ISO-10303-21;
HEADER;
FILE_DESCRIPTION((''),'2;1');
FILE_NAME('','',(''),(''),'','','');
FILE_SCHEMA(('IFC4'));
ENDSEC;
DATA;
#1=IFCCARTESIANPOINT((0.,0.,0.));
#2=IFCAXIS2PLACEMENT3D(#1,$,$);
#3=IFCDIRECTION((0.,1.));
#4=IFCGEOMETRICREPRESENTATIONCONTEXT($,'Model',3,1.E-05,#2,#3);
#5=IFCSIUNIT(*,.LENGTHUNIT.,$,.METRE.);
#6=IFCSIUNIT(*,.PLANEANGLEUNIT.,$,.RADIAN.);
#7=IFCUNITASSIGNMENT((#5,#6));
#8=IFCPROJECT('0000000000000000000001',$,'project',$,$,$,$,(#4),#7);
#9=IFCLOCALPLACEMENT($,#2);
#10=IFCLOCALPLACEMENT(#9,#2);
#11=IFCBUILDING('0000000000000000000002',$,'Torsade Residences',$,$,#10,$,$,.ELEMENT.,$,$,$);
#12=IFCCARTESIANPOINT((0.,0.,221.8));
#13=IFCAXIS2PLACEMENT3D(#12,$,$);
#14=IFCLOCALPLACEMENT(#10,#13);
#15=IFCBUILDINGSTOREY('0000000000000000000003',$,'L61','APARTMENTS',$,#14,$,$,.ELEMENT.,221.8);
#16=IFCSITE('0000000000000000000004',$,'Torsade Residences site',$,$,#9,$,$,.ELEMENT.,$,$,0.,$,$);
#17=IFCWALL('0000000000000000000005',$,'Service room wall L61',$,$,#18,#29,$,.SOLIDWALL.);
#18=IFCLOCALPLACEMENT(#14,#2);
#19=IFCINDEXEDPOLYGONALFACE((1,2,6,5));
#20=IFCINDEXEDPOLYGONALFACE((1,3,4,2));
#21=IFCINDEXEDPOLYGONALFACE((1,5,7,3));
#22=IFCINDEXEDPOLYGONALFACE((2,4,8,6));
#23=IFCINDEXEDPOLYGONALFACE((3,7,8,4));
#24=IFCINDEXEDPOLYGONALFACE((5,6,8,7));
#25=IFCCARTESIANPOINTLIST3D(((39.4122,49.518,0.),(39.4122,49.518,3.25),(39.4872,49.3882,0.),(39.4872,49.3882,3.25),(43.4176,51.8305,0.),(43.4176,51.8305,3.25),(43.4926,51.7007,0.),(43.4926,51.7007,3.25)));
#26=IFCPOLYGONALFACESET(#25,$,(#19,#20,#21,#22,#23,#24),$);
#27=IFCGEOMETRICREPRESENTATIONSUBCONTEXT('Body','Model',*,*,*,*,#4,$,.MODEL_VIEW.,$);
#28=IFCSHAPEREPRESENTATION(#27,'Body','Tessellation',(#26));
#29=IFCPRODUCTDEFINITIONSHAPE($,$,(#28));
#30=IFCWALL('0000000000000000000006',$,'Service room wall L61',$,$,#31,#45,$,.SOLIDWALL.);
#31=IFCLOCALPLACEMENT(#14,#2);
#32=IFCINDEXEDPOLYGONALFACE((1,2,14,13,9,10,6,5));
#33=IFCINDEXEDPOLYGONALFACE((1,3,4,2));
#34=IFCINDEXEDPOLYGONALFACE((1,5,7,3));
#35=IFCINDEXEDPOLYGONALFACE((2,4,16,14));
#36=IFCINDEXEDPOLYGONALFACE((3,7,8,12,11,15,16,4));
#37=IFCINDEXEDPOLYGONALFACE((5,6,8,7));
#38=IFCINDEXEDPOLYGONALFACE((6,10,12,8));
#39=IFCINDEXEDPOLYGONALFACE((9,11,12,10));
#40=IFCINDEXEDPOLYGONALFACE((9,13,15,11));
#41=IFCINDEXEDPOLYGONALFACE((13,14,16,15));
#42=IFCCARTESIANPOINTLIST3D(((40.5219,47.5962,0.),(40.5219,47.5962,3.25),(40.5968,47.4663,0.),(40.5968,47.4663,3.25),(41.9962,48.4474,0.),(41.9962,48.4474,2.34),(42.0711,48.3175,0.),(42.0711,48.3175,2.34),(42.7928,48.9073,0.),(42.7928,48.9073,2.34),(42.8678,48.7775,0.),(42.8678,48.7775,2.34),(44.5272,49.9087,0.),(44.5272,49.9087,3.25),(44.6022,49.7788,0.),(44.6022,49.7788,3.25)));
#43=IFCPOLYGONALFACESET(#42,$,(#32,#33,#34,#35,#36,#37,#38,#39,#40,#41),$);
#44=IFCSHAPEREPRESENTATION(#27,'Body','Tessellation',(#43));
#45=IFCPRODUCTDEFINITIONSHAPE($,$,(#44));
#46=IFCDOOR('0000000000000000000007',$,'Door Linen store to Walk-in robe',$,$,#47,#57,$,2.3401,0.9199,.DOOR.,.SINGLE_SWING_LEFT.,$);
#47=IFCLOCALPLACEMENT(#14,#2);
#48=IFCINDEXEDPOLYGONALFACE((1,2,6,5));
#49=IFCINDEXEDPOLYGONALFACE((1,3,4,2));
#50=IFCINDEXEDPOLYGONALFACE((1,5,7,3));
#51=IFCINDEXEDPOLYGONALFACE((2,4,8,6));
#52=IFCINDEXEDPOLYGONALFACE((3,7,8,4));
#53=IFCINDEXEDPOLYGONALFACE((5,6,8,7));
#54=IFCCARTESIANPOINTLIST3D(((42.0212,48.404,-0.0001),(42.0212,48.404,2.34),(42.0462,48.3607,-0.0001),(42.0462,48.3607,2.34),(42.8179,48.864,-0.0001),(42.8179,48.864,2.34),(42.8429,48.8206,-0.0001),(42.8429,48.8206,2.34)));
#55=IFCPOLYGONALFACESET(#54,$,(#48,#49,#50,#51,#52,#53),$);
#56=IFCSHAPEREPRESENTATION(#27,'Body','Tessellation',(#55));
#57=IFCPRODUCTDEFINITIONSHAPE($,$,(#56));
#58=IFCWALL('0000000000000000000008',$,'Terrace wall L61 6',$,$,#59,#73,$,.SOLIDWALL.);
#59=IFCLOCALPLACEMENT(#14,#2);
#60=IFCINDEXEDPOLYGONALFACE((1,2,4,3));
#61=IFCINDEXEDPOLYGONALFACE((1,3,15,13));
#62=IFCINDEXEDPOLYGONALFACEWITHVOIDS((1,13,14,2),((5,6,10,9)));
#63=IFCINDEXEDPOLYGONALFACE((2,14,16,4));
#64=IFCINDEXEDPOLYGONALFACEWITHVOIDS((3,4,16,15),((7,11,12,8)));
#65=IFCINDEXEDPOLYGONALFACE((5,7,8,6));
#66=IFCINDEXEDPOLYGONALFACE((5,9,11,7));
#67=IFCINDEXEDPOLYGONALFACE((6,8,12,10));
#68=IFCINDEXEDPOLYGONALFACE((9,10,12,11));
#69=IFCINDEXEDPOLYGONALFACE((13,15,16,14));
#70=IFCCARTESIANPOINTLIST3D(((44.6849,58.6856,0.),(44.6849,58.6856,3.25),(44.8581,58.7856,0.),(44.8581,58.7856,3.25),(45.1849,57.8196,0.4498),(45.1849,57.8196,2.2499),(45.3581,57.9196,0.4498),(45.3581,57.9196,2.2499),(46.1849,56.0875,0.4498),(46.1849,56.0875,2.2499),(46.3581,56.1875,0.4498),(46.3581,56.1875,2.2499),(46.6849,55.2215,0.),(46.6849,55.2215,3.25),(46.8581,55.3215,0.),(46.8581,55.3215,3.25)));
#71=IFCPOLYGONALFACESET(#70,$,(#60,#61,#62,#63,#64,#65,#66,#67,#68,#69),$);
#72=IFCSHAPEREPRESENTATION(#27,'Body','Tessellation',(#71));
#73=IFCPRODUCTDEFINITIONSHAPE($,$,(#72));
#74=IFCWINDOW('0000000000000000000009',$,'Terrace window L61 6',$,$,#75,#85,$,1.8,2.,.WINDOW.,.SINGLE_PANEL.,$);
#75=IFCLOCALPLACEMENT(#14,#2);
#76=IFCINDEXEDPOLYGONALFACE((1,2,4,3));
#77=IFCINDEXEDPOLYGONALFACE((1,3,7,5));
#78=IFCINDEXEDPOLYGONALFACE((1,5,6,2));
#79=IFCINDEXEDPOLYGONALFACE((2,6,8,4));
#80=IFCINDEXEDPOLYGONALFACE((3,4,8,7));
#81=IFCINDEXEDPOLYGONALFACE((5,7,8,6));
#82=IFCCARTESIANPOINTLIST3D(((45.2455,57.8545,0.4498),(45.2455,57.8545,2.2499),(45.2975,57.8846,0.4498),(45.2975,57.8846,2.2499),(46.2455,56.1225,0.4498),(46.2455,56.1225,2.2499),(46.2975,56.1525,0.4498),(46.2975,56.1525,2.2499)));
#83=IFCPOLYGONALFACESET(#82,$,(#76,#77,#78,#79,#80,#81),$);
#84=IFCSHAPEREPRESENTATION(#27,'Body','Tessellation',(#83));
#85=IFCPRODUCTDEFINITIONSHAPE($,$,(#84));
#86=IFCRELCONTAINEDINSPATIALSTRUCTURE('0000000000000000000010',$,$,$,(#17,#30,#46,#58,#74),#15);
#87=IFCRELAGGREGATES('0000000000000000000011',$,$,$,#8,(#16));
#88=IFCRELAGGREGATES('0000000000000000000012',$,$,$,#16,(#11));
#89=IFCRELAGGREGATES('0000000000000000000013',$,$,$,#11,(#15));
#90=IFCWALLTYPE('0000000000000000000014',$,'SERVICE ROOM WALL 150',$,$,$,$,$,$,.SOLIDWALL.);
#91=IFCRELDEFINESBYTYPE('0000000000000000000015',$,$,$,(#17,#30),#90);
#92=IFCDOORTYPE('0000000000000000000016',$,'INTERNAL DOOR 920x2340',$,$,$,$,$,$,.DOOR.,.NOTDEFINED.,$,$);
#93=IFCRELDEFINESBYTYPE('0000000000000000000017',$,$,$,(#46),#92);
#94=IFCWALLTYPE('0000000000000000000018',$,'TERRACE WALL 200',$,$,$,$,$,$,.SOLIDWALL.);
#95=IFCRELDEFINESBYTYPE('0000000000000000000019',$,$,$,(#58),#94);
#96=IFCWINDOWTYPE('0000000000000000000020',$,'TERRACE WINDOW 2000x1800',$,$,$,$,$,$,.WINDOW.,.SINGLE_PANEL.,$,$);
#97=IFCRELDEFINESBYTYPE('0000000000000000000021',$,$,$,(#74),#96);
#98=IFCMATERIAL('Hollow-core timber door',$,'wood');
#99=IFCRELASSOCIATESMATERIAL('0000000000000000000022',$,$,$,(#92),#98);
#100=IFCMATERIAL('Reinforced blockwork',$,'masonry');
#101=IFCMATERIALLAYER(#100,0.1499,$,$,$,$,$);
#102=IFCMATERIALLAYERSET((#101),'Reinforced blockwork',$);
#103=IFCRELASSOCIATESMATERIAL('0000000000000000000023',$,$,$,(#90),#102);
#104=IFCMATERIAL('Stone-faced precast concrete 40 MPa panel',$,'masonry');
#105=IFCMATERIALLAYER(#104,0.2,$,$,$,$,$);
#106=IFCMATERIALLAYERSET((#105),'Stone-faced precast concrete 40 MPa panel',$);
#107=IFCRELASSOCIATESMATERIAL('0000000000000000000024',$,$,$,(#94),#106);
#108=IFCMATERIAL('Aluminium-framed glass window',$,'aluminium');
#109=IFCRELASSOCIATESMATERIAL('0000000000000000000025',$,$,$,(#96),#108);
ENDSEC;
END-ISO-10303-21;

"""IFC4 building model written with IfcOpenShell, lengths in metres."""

from ifc_helpers import new_model, si_unit, direction, frame, frame_2d, origin, place, context, subcontext, project, spatial, rectangle, extrude, material, layer, layer_set, type_object, element, fill, save


model = new_model("IFC4")

# Units and contexts
model_context = context("Model", 3, precision=1e-05, world=origin(), true_north=direction((0.0, 1.0)))
body_context = subcontext(model_context, "Body", "Model", "MODEL_VIEW")
ifc_project = project(units=[si_unit("LENGTHUNIT", "METRE"), si_unit("PLANEANGLEUNIT", "RADIAN")], contexts=[model_context])

# Site, building, storey
site_placement = place(None, origin())
site = spatial("IfcSite", under=ifc_project, at=site_placement, Name="Torsade Residences site", CompositionType="ELEMENT", RefElevation=0.0)
building_placement = place(site_placement, origin())
building = spatial("IfcBuilding", under=site, at=building_placement, Name="Torsade Residences", CompositionType="ELEMENT")
storey_placement = place(building_placement, frame((0.0, 0.0, 221.8)))
storey = spatial("IfcBuildingStorey", under=building, at=storey_placement, Name="L61", Description="APARTMENTS", CompositionType="ELEMENT", Elevation=221.8)

# Shared definitions
ifc_material_1 = material(Name="Hollow-core timber door", Category="wood")
door_type_1 = type_object("IfcDoorType", Name="INTERNAL DOOR 920x2340", OperationType="NOTDEFINED", PredefinedType="DOOR", material=ifc_material_1)

# Shared definitions
ifc_material_2 = material(Name="Reinforced blockwork", Category="masonry")
ifc_layer_1 = layer(ifc_material_2, 0.1499)
ifc_layer_set_1 = layer_set([ifc_layer_1], Name="Reinforced blockwork")
wall_type_1 = type_object("IfcWallType", Name="SERVICE ROOM WALL 150", PredefinedType="SOLIDWALL", material=ifc_layer_set_1)

# Wall
wall_1_placement = place(storey_placement, frame((43.4551, 51.7656, 0.0), z_axis=(0.0, 0.0, 1.0), x_axis=(-0.866026, -0.5, 0.0)))
element("IfcWall", 1, at=wall_1_placement, inside=storey, type_object=wall_type_1, Name="Service room wall L61", PredefinedType="SOLIDWALL", context=body_context, shape_type="SweptSolid", body=[
    extrude(rectangle(XDim=4.625, YDim=0.1499, at=frame_2d((2.3125, 0.0))), origin(), (0.0, 0.0, 1.0), 3.25),
])

# Wall, opening, door
wall_2_placement = place(storey_placement, frame((40.5593, 47.5312, 0.0), z_axis=(0.0, 0.0, 1.0), x_axis=(0.866026, 0.5, 0.0)))
wall_2 = element("IfcWall", 2, at=wall_2_placement, inside=storey, type_object=wall_type_1, Name="Service room wall L61", PredefinedType="SOLIDWALL", context=body_context, shape_type="SweptSolid", body=[
    extrude(rectangle(XDim=4.625, YDim=0.1499, at=frame_2d((2.3125, 0.0))), origin(), (0.0, 0.0, 1.0), 3.25),
])
opening_1_placement = place(wall_2_placement, frame((1.7024, 0.0, 0.0)))
opening_1 = element("IfcOpeningElement", 3, at=opening_1_placement, cuts=wall_2, PredefinedType="OPENING", context=body_context, shape_type="SweptSolid", body=[
    extrude(rectangle(XDim=0.9199, YDim=2.3401, at=frame_2d((0.46, 1.1699))), frame((0.0, 0.085, 0.0), z_axis=(0.0, -1.0, 0.0), x_axis=(1.0, 0.0, 0.0)), (0.0, 0.0, 1.0), 0.1699),
])
door_1_placement = place(opening_1_placement, origin())
door_1 = element("IfcDoor", 4, at=door_1_placement, inside=storey, type_object=door_type_1, Name="Door Linen store to Walk-in robe", OperationType="SINGLE_SWING_LEFT", OverallHeight=2.3401, OverallWidth=0.9199, PredefinedType="DOOR", context=body_context, shape_type="SweptSolid", body=[
    extrude(rectangle(XDim=0.9199, YDim=2.3401, at=frame_2d((0.46, 1.1699))), frame((0.0, 0.0249, 0.0), z_axis=(0.0, -1.0, 0.0), x_axis=(1.0, 0.0, 0.0)), (0.0, 0.0, 1.0), 0.05),
])
fill(opening_1, door_1)

# Wall, opening, window
ifc_material_3 = material(Name="Stone-faced precast concrete 40 MPa panel", Category="masonry")
ifc_layer_2 = layer(ifc_material_3, 0.2)
ifc_layer_set_2 = layer_set([ifc_layer_2], Name="Stone-faced precast concrete 40 MPa panel")
wall_type_2 = type_object("IfcWallType", Name="TERRACE WALL 200", PredefinedType="SOLIDWALL", material=ifc_layer_set_2)
wall_3_placement = place(storey_placement, frame((46.7715, 55.2715, 0.0), z_axis=(0.0, 0.0, 1.0), x_axis=(-0.499999, 0.866026, 0.0)))
wall_3 = element("IfcWall", 5, at=wall_3_placement, inside=storey, type_object=wall_type_2, Name="Terrace wall L61 6", PredefinedType="SOLIDWALL", context=body_context, shape_type="SweptSolid", body=[
    extrude(rectangle(XDim=4.0, YDim=0.2, at=frame_2d((2.0, 0.0))), origin(), (0.0, 0.0, 1.0), 3.25),
])
opening_2_placement = place(wall_3_placement, frame((1.0, 0.0, 0.45)))
opening_2 = element("IfcOpeningElement", 6, at=opening_2_placement, cuts=wall_3, PredefinedType="OPENING", context=body_context, shape_type="SweptSolid", body=[
    extrude(rectangle(XDim=2.0, YDim=1.8, at=frame_2d((1.0, 0.8999))), frame((0.0, 0.1099, 0.0), z_axis=(0.0, -1.0, 0.0), x_axis=(1.0, 0.0, 0.0)), (0.0, 0.0, 1.0), 0.22),
])
ifc_material_4 = material(Name="Aluminium-framed glass window", Category="aluminium")
window_type = type_object("IfcWindowType", Name="TERRACE WINDOW 2000x1800", PartitioningType="SINGLE_PANEL", PredefinedType="WINDOW", material=ifc_material_4)
window_placement = place(opening_2_placement, origin())
window = element("IfcWindow", 7, at=window_placement, inside=storey, type_object=window_type, Name="Terrace window L61 6", OverallHeight=1.8, OverallWidth=2.0, PartitioningType="SINGLE_PANEL", PredefinedType="WINDOW", context=body_context, shape_type="SweptSolid", body=[
    extrude(rectangle(XDim=2.0, YDim=1.8, at=frame_2d((1.0, 0.8999))), frame((0.0, 0.03, 0.0), z_axis=(0.0, -1.0, 0.0), x_axis=(1.0, 0.0, 0.0)), (0.0, 0.0, 1.0), 0.0601),
])
fill(opening_2, window)

save(model, "model.ifc")
